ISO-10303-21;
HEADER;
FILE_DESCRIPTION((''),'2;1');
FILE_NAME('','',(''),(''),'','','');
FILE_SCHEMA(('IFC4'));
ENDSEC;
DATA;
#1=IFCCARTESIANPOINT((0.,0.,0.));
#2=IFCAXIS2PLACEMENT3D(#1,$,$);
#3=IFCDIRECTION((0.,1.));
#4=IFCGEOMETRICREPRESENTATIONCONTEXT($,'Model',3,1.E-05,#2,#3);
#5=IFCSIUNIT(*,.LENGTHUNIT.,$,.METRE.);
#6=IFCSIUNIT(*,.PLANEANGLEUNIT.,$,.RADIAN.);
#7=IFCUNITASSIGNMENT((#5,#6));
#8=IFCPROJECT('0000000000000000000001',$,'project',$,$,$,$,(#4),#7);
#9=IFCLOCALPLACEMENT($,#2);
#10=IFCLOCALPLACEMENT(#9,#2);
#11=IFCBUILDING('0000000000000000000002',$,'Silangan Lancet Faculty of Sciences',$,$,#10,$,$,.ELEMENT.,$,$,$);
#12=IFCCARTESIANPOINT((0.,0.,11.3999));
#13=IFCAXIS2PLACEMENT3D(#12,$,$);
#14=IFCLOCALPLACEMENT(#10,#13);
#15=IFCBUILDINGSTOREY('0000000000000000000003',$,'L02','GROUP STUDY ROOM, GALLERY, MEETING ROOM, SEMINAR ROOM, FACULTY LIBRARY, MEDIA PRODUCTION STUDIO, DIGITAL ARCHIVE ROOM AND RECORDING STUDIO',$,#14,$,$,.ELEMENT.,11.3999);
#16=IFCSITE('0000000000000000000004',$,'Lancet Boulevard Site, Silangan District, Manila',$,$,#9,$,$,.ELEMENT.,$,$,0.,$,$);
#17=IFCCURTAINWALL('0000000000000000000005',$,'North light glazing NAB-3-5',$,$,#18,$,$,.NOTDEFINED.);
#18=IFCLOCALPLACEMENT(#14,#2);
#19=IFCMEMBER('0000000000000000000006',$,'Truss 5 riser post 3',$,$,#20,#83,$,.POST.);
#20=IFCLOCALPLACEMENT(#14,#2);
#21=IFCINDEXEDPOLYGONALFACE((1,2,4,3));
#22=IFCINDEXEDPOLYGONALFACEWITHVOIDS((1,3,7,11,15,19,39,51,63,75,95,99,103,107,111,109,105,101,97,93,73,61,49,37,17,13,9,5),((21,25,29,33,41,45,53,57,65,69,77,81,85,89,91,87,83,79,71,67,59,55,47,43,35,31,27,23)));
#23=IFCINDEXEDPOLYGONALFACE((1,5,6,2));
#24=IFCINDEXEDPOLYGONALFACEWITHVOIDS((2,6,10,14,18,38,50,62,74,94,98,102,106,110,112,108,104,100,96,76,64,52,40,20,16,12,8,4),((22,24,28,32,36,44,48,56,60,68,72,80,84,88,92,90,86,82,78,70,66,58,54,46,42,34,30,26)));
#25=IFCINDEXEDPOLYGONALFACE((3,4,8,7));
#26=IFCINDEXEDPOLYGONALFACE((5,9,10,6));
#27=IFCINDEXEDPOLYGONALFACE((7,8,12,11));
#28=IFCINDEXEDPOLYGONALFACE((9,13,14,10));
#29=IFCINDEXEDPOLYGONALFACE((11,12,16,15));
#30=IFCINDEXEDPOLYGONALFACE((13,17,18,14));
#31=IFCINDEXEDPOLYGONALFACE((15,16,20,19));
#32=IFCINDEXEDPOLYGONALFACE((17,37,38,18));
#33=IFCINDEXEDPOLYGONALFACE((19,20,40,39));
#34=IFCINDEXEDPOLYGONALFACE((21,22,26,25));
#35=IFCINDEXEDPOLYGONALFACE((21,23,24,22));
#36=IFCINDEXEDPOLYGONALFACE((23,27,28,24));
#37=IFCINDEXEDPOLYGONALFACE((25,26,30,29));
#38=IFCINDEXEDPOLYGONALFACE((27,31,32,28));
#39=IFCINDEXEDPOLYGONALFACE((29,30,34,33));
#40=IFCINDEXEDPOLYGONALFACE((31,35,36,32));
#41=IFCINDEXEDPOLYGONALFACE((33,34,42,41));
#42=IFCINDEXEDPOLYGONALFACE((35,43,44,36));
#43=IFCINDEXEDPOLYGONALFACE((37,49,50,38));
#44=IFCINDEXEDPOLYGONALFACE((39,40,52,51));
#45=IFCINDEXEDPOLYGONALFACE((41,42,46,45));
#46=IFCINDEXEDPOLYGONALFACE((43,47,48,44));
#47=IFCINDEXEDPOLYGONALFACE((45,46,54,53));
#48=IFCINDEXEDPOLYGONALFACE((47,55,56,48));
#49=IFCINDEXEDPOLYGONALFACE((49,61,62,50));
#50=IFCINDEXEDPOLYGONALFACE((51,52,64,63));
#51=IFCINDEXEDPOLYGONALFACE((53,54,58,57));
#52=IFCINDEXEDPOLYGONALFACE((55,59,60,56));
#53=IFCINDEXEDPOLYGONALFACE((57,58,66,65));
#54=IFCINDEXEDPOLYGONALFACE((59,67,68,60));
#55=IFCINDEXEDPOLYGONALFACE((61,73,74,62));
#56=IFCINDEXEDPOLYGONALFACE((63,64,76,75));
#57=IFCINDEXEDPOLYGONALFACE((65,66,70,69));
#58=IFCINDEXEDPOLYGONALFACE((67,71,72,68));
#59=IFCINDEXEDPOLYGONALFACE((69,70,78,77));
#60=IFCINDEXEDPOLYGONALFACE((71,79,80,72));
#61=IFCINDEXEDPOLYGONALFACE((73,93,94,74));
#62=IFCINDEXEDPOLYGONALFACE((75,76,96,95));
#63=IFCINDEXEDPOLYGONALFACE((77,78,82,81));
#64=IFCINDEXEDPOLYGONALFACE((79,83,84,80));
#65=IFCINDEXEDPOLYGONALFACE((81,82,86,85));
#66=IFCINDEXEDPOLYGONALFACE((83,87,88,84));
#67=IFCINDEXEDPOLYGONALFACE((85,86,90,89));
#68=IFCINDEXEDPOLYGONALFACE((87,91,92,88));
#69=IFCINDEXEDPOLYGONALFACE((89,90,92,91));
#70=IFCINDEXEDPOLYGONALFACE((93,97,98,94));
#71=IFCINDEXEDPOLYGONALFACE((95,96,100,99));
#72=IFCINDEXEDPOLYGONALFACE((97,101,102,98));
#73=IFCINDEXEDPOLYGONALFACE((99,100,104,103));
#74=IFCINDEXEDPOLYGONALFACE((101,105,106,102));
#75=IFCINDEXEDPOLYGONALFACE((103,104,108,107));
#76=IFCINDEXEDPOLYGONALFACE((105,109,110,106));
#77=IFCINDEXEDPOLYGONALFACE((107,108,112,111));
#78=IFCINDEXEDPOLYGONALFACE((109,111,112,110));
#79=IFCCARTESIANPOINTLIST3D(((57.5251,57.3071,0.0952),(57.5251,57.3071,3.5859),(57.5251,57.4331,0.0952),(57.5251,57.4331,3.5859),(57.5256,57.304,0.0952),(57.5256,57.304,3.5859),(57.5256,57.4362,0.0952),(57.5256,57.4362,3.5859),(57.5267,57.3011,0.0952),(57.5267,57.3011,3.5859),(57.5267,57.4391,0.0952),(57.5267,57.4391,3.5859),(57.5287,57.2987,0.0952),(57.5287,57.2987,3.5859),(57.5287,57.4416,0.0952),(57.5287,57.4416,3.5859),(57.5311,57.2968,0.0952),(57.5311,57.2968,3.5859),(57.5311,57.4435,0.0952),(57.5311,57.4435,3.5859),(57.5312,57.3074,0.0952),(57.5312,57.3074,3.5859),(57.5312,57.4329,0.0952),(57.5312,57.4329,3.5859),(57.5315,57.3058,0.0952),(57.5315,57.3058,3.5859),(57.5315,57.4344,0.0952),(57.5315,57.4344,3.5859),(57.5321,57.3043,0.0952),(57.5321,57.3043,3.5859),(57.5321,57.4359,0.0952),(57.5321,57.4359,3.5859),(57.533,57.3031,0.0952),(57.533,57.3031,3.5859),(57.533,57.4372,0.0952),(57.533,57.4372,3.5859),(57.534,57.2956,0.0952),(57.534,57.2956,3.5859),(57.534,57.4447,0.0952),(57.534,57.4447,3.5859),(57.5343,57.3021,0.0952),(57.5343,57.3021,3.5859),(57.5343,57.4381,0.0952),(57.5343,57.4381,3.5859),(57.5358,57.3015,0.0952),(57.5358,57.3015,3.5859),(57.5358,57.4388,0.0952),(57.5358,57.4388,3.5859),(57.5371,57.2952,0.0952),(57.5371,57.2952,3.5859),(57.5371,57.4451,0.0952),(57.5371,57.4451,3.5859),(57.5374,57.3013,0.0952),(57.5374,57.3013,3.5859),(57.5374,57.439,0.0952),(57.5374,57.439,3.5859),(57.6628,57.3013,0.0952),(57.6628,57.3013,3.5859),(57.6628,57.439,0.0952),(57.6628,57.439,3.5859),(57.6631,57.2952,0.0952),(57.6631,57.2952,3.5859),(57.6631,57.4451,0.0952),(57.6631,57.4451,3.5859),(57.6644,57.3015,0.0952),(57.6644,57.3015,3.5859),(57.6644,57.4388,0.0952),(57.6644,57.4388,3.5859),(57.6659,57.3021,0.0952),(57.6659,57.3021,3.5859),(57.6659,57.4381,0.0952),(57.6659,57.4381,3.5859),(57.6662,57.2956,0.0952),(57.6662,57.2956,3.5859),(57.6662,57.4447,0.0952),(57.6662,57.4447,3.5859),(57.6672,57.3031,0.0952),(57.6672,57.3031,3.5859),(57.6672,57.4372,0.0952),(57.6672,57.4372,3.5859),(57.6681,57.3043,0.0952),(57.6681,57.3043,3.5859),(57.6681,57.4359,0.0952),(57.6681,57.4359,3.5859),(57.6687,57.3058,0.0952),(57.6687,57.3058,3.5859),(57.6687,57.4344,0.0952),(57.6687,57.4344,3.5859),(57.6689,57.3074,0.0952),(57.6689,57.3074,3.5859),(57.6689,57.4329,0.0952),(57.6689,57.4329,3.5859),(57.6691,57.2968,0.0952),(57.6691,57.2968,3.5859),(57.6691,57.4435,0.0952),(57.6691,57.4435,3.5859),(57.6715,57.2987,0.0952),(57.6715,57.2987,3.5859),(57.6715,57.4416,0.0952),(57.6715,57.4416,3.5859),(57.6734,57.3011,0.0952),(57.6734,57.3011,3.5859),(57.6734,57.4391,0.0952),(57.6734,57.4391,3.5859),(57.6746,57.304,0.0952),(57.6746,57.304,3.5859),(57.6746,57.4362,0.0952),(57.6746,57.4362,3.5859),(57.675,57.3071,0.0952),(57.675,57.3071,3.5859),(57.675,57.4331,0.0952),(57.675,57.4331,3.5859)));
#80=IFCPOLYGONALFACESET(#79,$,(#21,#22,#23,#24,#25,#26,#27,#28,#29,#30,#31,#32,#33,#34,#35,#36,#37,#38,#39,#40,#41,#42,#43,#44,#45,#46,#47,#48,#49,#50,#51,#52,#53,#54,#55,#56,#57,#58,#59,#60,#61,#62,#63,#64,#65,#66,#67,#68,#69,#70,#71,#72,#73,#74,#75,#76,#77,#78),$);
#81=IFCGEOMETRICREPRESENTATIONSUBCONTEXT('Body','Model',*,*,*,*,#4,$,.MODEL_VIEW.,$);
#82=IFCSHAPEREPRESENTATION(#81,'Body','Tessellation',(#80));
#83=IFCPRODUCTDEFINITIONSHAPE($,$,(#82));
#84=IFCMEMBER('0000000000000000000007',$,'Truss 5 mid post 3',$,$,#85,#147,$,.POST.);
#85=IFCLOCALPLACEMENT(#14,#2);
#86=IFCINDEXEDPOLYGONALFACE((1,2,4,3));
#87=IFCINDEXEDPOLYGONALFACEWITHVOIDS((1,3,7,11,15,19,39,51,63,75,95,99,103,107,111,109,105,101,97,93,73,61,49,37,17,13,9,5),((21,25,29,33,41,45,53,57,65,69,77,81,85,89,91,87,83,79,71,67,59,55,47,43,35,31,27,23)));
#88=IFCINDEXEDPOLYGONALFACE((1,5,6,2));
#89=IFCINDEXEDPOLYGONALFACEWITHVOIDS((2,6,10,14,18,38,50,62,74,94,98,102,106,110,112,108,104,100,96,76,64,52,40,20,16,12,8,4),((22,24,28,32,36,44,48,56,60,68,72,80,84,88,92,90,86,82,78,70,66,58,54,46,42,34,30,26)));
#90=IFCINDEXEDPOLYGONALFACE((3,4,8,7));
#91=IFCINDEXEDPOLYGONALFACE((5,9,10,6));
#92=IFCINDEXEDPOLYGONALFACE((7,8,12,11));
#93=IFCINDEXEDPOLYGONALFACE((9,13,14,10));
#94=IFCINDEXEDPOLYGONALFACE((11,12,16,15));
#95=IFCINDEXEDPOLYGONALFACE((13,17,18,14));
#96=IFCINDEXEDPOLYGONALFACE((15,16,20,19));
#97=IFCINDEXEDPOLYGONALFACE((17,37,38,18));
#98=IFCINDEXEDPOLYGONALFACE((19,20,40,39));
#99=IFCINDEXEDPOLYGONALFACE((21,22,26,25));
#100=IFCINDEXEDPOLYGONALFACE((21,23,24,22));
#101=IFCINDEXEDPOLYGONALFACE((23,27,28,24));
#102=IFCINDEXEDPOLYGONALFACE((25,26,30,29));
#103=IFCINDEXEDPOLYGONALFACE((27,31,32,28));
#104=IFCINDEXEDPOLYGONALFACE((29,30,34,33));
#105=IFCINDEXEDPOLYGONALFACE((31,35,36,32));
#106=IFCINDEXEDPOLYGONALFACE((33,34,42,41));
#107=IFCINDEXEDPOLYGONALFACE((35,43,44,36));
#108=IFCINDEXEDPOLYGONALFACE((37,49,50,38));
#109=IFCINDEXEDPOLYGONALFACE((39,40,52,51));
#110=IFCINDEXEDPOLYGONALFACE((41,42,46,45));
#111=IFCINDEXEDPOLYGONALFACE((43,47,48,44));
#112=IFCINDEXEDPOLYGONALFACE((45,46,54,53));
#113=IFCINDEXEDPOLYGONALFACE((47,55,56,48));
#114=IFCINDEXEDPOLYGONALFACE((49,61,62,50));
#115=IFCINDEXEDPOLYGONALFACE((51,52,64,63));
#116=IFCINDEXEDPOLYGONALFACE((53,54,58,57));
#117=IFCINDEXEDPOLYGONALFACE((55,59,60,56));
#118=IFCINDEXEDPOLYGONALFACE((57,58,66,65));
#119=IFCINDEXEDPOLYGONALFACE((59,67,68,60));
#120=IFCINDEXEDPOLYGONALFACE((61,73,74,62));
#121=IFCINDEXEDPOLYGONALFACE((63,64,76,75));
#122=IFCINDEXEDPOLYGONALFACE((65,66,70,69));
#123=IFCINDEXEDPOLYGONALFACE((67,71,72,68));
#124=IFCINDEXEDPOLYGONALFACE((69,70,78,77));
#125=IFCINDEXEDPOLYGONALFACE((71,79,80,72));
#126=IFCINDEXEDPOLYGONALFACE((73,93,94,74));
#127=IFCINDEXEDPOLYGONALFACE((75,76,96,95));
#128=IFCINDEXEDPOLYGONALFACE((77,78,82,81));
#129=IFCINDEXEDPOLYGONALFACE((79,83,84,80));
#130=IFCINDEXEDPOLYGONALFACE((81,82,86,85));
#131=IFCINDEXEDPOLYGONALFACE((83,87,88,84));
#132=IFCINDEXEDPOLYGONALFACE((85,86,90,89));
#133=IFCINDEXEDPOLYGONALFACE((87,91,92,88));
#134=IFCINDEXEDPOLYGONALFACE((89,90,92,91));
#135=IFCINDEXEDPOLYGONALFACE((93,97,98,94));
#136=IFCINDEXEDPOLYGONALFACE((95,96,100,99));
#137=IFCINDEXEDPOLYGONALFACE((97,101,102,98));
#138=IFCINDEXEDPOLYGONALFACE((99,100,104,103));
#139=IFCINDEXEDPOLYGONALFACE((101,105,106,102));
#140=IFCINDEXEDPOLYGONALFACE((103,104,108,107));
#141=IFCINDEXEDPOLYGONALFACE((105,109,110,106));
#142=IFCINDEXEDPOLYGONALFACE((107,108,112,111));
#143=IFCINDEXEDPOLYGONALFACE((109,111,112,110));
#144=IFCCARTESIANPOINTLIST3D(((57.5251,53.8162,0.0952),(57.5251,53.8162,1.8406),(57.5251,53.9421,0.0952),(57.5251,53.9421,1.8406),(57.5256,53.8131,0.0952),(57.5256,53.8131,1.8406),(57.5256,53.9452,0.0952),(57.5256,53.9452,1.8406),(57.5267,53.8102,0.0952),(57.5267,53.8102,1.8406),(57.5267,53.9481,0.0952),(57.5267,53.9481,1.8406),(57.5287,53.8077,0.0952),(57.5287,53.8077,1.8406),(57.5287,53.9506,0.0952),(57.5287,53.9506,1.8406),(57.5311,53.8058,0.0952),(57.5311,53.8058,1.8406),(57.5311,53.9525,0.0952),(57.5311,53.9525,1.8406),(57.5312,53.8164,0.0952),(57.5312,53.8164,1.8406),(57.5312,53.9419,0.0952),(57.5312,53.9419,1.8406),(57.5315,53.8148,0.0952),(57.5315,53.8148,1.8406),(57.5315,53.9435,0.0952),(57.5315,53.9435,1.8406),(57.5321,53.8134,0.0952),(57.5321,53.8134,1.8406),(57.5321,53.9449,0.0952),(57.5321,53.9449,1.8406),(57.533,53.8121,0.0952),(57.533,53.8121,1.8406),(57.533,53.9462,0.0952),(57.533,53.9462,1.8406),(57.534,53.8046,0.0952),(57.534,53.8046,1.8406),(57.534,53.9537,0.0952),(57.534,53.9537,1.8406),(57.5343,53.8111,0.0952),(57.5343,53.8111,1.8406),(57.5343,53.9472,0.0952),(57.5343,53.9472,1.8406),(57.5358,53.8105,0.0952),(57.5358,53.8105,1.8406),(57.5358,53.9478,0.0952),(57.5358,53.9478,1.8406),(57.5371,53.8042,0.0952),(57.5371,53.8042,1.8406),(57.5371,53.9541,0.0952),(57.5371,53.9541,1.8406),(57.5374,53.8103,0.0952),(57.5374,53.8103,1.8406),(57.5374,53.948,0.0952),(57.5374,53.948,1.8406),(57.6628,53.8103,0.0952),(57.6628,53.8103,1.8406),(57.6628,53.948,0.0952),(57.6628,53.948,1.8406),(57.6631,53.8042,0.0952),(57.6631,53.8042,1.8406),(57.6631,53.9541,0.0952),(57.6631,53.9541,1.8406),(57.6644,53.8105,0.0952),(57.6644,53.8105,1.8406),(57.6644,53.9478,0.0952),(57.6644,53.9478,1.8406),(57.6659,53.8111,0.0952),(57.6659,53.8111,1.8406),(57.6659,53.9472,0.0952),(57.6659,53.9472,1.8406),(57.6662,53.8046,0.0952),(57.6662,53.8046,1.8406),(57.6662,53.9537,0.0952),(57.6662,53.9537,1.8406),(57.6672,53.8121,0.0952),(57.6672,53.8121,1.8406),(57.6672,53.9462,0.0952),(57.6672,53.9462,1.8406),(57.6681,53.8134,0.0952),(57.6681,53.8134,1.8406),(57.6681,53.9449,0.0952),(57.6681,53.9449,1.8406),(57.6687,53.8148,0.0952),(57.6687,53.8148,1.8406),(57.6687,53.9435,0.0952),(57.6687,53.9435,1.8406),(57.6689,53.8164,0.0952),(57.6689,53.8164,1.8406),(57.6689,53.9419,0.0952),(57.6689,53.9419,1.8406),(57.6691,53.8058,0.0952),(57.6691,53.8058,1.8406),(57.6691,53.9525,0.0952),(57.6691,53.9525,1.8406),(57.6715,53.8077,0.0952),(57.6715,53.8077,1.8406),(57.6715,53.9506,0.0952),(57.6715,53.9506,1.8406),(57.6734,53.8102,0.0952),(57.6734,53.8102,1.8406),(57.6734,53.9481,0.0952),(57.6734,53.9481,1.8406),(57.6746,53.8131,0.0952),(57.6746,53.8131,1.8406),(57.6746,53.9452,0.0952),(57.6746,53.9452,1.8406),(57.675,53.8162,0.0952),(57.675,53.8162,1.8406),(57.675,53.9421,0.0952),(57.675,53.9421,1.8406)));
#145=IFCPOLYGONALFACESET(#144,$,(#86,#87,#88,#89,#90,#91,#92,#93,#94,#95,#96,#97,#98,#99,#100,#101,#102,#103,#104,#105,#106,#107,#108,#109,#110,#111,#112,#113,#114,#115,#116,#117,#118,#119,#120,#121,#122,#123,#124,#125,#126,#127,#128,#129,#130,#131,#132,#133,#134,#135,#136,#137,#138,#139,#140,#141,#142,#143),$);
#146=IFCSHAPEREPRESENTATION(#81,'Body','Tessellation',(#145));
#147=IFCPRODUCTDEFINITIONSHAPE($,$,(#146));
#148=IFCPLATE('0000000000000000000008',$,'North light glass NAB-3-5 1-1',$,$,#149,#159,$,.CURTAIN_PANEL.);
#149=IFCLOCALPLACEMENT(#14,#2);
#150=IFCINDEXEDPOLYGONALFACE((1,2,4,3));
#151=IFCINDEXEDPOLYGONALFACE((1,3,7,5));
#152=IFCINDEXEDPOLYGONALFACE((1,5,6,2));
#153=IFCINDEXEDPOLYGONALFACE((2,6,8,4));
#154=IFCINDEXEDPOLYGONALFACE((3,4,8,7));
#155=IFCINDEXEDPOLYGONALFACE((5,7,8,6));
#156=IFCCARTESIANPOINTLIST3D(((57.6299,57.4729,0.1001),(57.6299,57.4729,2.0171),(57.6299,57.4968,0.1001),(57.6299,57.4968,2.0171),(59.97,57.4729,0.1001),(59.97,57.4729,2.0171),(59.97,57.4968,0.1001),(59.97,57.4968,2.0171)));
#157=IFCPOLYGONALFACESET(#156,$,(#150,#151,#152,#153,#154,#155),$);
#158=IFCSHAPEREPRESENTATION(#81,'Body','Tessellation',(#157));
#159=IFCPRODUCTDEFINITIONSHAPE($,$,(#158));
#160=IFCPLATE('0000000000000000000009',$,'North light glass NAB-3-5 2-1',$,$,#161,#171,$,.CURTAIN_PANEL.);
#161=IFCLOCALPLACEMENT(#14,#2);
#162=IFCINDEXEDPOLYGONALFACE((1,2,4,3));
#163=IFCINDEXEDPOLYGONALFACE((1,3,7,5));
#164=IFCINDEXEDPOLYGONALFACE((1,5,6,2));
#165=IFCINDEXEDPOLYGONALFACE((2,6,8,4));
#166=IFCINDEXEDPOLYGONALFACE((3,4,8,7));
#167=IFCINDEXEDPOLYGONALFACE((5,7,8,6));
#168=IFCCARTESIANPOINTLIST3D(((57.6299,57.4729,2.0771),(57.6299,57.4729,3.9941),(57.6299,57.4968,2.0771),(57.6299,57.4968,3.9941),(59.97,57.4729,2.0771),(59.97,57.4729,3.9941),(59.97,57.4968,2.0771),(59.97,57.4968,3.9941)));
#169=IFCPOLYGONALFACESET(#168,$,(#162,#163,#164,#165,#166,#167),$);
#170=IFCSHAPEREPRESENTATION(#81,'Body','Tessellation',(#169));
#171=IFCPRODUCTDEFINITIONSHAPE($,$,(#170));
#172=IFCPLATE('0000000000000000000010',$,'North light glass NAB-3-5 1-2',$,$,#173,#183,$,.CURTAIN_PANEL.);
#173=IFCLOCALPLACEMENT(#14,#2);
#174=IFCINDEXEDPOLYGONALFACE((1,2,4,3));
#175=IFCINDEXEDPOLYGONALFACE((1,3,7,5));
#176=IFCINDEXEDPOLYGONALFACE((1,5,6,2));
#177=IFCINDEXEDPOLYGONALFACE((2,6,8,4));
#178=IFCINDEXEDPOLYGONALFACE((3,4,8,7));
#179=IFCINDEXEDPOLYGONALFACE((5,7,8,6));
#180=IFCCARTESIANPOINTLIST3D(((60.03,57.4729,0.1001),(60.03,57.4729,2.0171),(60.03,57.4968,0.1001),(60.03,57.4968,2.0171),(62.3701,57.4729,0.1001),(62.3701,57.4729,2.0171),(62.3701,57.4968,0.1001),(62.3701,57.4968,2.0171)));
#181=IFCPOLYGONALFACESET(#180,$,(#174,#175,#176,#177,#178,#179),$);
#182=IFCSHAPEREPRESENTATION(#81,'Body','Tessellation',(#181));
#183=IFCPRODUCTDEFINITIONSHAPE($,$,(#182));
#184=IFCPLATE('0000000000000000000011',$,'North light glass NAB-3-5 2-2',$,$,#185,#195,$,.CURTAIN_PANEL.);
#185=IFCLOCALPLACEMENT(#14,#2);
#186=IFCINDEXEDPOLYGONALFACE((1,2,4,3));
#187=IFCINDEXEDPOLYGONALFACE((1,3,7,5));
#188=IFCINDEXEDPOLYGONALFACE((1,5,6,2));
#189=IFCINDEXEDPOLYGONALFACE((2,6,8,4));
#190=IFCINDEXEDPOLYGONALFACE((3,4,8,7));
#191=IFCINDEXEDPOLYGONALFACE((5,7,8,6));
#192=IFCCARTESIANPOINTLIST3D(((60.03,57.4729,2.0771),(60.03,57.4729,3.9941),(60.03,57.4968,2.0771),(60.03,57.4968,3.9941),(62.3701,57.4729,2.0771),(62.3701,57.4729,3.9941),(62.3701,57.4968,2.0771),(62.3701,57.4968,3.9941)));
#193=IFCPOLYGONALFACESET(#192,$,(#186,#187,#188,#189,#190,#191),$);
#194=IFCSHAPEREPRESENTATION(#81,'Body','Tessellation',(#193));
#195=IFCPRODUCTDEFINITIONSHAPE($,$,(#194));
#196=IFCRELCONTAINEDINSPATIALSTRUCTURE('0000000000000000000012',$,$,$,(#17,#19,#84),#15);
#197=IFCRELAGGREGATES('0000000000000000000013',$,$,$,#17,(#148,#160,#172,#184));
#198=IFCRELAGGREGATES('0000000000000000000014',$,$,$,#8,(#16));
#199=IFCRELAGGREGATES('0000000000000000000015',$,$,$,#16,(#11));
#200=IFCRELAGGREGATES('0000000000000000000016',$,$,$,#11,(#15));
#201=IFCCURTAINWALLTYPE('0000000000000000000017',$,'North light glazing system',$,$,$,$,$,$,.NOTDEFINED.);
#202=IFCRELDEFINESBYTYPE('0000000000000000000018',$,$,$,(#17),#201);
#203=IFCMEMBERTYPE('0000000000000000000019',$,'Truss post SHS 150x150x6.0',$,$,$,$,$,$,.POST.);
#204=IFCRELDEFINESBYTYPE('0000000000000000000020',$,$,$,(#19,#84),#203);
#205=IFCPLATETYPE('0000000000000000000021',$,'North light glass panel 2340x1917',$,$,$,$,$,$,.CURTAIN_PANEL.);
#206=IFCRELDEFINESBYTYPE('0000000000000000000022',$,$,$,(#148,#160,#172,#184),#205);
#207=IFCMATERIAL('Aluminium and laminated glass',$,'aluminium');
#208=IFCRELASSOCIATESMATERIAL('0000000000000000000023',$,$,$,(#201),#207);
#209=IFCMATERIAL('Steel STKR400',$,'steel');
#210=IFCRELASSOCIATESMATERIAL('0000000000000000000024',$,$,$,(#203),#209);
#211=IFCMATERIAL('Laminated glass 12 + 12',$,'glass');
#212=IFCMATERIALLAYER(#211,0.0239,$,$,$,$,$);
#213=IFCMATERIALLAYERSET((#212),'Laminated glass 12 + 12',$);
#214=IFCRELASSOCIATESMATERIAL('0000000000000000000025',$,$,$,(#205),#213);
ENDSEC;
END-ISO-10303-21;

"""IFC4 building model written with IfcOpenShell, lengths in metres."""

from ifc_helpers import new_model, si_unit, direction, frame, origin, origin_2d, place, context, subcontext, project, spatial, polyline, hollow_rectangle, outline, extrude, material, layer, layer_set, material_profile, profile_set, type_object, element, aggregate, save


model = new_model("IFC4")

# Units and contexts
model_context = context("Model", 3, precision=1e-05, world=origin(), true_north=direction((0.0, 1.0)))
body_context = subcontext(model_context, "Body", "Model", "MODEL_VIEW")
ifc_project = project(units=[si_unit("LENGTHUNIT", "METRE"), si_unit("PLANEANGLEUNIT", "RADIAN")], contexts=[model_context])

# Site, building, storey
site_placement = place(None, origin())
site = spatial("IfcSite", under=ifc_project, at=site_placement, Name="Lancet Boulevard Site, Silangan District, Manila", CompositionType="ELEMENT", RefElevation=0.0)
building_placement = place(site_placement, origin())
building = spatial("IfcBuilding", under=site, at=building_placement, Name="Silangan Lancet Faculty of Sciences", CompositionType="ELEMENT")
storey_placement = place(building_placement, frame((0.0, 0.0, 11.3999)))
storey = spatial("IfcBuildingStorey", under=building, at=storey_placement, Name="L02", Description="GROUP STUDY ROOM, GALLERY, MEETING ROOM, SEMINAR ROOM, FACULTY LIBRARY, MEDIA PRODUCTION STUDIO, DIGITAL ARCHIVE ROOM AND RECORDING STUDIO", CompositionType="ELEMENT", Elevation=11.3999)

# Curtain wall
ifc_material_1 = material(Name="Aluminium and laminated glass", Category="aluminium")
curtain_wall_type = type_object("IfcCurtainWallType", Name="North light glazing system", PredefinedType="NOTDEFINED", material=ifc_material_1)
curtain_wall_1_placement = place(storey_placement, origin())
curtain_wall_1 = element("IfcCurtainWall", 1, at=curtain_wall_1_placement, inside=storey, type_object=curtain_wall_type, Name="North light glazing NAB-3-5", PredefinedType="NOTDEFINED")

# Members
ifc_material_2 = material(Name="Steel STKR400", Category="steel")
ifc_material_profile_1 = material_profile(ifc_material_2, hollow_rectangle(XDim=0.1499, YDim=0.1499, WallThickness=0.0061, InnerFilletRadius=0.0061, OuterFilletRadius=0.012, at=origin_2d()), Name="SHS 150x150x6.0")
ifc_profile_set_1 = profile_set([ifc_material_profile_1], Name="Steel STKR400")
member_type_1 = type_object("IfcMemberType", Name="Truss post SHS 150x150x6.0", PredefinedType="POST", material=ifc_profile_set_1)
member_1_placement = place(storey_placement, frame((57.6001, 57.3701, 0.0952), z_axis=(0.0, 0.0, 1.0), x_axis=(1.0, 0.0, 0.0)))
element("IfcMember", 2, at=member_1_placement, inside=storey, type_object=member_type_1, Name="Truss 5 riser post 3", PredefinedType="POST", context=body_context, shape_type="SweptSolid", body=[
    extrude(hollow_rectangle(XDim=0.1499, YDim=0.1499, WallThickness=0.0061, InnerFilletRadius=0.0061, OuterFilletRadius=0.012, at=origin_2d()), origin(), (0.0, 0.0, 1.0), 3.4907),
])
member_2_placement = place(storey_placement, frame((57.6001, 53.8792, 0.0952), z_axis=(0.0, 0.0, 1.0), x_axis=(1.0, 0.0, 0.0)))
element("IfcMember", 3, at=member_2_placement, inside=storey, type_object=member_type_1, Name="Truss 5 mid post 3", PredefinedType="POST", context=body_context, shape_type="SweptSolid", body=[
    extrude(hollow_rectangle(XDim=0.1499, YDim=0.1499, WallThickness=0.0061, InnerFilletRadius=0.0061, OuterFilletRadius=0.012, at=origin_2d()), origin(), (0.0, 0.0, 1.0), 1.7454),
])

# Plates
ifc_material_3 = material(Name="Laminated glass 12 + 12", Category="glass")
ifc_layer_1 = layer(ifc_material_3, 0.0239)
ifc_layer_set_1 = layer_set([ifc_layer_1], Name="Laminated glass 12 + 12")
plate_type = type_object("IfcPlateType", Name="North light glass panel 2340x1917", PredefinedType="CURTAIN_PANEL", material=ifc_layer_set_1)
plate_1_placement = place(storey_placement, frame((57.6299, 57.4729, 0.1001), z_axis=(0.0, -1.0, 0.0), x_axis=(1.0, 0.0, 0.0)))
plate_1 = element("IfcPlate", 4, at=plate_1_placement, type_object=plate_type, Name="North light glass NAB-3-5 1-1", PredefinedType="CURTAIN_PANEL", context=body_context, shape_type="SweptSolid", body=[
    extrude(outline(polyline([(0.0, 0.0), (2.3401, 0.0), (2.3401, 1.917), (0.0, 1.917), (0.0, 0.0)])), origin(), (0.0, 0.0, -1.0), 0.0239),
])
plate_2_placement = place(storey_placement, frame((57.6299, 57.4729, 2.0771), z_axis=(0.0, -1.0, 0.0), x_axis=(1.0, 0.0, 0.0)))
plate_2 = element("IfcPlate", 5, at=plate_2_placement, type_object=plate_type, Name="North light glass NAB-3-5 2-1", PredefinedType="CURTAIN_PANEL", context=body_context, shape_type="SweptSolid", body=[
    extrude(outline(polyline([(0.0, 0.0), (2.3401, 0.0), (2.3401, 1.917), (0.0, 1.917), (0.0, 0.0)])), origin(), (0.0, 0.0, -1.0), 0.0239),
])
plate_3_placement = place(storey_placement, frame((60.03, 57.4729, 0.1001), z_axis=(0.0, -1.0, 0.0), x_axis=(1.0, 0.0, 0.0)))
plate_3 = element("IfcPlate", 6, at=plate_3_placement, type_object=plate_type, Name="North light glass NAB-3-5 1-2", PredefinedType="CURTAIN_PANEL", context=body_context, shape_type="SweptSolid", body=[
    extrude(outline(polyline([(0.0, 0.0), (2.3401, 0.0), (2.3401, 1.917), (0.0, 1.917), (0.0, 0.0)])), origin(), (0.0, 0.0, -1.0), 0.0239),
])
plate_4_placement = place(storey_placement, frame((60.03, 57.4729, 2.0771), z_axis=(0.0, -1.0, 0.0), x_axis=(1.0, 0.0, 0.0)))
plate_4 = element("IfcPlate", 7, at=plate_4_placement, type_object=plate_type, Name="North light glass NAB-3-5 2-2", PredefinedType="CURTAIN_PANEL", context=body_context, shape_type="SweptSolid", body=[
    extrude(outline(polyline([(0.0, 0.0), (2.3401, 0.0), (2.3401, 1.917), (0.0, 1.917), (0.0, 0.0)])), origin(), (0.0, 0.0, -1.0), 0.0239),
])
aggregate(curtain_wall_1, [plate_1, plate_2, plate_3, plate_4])

save(model, "model.ifc")
